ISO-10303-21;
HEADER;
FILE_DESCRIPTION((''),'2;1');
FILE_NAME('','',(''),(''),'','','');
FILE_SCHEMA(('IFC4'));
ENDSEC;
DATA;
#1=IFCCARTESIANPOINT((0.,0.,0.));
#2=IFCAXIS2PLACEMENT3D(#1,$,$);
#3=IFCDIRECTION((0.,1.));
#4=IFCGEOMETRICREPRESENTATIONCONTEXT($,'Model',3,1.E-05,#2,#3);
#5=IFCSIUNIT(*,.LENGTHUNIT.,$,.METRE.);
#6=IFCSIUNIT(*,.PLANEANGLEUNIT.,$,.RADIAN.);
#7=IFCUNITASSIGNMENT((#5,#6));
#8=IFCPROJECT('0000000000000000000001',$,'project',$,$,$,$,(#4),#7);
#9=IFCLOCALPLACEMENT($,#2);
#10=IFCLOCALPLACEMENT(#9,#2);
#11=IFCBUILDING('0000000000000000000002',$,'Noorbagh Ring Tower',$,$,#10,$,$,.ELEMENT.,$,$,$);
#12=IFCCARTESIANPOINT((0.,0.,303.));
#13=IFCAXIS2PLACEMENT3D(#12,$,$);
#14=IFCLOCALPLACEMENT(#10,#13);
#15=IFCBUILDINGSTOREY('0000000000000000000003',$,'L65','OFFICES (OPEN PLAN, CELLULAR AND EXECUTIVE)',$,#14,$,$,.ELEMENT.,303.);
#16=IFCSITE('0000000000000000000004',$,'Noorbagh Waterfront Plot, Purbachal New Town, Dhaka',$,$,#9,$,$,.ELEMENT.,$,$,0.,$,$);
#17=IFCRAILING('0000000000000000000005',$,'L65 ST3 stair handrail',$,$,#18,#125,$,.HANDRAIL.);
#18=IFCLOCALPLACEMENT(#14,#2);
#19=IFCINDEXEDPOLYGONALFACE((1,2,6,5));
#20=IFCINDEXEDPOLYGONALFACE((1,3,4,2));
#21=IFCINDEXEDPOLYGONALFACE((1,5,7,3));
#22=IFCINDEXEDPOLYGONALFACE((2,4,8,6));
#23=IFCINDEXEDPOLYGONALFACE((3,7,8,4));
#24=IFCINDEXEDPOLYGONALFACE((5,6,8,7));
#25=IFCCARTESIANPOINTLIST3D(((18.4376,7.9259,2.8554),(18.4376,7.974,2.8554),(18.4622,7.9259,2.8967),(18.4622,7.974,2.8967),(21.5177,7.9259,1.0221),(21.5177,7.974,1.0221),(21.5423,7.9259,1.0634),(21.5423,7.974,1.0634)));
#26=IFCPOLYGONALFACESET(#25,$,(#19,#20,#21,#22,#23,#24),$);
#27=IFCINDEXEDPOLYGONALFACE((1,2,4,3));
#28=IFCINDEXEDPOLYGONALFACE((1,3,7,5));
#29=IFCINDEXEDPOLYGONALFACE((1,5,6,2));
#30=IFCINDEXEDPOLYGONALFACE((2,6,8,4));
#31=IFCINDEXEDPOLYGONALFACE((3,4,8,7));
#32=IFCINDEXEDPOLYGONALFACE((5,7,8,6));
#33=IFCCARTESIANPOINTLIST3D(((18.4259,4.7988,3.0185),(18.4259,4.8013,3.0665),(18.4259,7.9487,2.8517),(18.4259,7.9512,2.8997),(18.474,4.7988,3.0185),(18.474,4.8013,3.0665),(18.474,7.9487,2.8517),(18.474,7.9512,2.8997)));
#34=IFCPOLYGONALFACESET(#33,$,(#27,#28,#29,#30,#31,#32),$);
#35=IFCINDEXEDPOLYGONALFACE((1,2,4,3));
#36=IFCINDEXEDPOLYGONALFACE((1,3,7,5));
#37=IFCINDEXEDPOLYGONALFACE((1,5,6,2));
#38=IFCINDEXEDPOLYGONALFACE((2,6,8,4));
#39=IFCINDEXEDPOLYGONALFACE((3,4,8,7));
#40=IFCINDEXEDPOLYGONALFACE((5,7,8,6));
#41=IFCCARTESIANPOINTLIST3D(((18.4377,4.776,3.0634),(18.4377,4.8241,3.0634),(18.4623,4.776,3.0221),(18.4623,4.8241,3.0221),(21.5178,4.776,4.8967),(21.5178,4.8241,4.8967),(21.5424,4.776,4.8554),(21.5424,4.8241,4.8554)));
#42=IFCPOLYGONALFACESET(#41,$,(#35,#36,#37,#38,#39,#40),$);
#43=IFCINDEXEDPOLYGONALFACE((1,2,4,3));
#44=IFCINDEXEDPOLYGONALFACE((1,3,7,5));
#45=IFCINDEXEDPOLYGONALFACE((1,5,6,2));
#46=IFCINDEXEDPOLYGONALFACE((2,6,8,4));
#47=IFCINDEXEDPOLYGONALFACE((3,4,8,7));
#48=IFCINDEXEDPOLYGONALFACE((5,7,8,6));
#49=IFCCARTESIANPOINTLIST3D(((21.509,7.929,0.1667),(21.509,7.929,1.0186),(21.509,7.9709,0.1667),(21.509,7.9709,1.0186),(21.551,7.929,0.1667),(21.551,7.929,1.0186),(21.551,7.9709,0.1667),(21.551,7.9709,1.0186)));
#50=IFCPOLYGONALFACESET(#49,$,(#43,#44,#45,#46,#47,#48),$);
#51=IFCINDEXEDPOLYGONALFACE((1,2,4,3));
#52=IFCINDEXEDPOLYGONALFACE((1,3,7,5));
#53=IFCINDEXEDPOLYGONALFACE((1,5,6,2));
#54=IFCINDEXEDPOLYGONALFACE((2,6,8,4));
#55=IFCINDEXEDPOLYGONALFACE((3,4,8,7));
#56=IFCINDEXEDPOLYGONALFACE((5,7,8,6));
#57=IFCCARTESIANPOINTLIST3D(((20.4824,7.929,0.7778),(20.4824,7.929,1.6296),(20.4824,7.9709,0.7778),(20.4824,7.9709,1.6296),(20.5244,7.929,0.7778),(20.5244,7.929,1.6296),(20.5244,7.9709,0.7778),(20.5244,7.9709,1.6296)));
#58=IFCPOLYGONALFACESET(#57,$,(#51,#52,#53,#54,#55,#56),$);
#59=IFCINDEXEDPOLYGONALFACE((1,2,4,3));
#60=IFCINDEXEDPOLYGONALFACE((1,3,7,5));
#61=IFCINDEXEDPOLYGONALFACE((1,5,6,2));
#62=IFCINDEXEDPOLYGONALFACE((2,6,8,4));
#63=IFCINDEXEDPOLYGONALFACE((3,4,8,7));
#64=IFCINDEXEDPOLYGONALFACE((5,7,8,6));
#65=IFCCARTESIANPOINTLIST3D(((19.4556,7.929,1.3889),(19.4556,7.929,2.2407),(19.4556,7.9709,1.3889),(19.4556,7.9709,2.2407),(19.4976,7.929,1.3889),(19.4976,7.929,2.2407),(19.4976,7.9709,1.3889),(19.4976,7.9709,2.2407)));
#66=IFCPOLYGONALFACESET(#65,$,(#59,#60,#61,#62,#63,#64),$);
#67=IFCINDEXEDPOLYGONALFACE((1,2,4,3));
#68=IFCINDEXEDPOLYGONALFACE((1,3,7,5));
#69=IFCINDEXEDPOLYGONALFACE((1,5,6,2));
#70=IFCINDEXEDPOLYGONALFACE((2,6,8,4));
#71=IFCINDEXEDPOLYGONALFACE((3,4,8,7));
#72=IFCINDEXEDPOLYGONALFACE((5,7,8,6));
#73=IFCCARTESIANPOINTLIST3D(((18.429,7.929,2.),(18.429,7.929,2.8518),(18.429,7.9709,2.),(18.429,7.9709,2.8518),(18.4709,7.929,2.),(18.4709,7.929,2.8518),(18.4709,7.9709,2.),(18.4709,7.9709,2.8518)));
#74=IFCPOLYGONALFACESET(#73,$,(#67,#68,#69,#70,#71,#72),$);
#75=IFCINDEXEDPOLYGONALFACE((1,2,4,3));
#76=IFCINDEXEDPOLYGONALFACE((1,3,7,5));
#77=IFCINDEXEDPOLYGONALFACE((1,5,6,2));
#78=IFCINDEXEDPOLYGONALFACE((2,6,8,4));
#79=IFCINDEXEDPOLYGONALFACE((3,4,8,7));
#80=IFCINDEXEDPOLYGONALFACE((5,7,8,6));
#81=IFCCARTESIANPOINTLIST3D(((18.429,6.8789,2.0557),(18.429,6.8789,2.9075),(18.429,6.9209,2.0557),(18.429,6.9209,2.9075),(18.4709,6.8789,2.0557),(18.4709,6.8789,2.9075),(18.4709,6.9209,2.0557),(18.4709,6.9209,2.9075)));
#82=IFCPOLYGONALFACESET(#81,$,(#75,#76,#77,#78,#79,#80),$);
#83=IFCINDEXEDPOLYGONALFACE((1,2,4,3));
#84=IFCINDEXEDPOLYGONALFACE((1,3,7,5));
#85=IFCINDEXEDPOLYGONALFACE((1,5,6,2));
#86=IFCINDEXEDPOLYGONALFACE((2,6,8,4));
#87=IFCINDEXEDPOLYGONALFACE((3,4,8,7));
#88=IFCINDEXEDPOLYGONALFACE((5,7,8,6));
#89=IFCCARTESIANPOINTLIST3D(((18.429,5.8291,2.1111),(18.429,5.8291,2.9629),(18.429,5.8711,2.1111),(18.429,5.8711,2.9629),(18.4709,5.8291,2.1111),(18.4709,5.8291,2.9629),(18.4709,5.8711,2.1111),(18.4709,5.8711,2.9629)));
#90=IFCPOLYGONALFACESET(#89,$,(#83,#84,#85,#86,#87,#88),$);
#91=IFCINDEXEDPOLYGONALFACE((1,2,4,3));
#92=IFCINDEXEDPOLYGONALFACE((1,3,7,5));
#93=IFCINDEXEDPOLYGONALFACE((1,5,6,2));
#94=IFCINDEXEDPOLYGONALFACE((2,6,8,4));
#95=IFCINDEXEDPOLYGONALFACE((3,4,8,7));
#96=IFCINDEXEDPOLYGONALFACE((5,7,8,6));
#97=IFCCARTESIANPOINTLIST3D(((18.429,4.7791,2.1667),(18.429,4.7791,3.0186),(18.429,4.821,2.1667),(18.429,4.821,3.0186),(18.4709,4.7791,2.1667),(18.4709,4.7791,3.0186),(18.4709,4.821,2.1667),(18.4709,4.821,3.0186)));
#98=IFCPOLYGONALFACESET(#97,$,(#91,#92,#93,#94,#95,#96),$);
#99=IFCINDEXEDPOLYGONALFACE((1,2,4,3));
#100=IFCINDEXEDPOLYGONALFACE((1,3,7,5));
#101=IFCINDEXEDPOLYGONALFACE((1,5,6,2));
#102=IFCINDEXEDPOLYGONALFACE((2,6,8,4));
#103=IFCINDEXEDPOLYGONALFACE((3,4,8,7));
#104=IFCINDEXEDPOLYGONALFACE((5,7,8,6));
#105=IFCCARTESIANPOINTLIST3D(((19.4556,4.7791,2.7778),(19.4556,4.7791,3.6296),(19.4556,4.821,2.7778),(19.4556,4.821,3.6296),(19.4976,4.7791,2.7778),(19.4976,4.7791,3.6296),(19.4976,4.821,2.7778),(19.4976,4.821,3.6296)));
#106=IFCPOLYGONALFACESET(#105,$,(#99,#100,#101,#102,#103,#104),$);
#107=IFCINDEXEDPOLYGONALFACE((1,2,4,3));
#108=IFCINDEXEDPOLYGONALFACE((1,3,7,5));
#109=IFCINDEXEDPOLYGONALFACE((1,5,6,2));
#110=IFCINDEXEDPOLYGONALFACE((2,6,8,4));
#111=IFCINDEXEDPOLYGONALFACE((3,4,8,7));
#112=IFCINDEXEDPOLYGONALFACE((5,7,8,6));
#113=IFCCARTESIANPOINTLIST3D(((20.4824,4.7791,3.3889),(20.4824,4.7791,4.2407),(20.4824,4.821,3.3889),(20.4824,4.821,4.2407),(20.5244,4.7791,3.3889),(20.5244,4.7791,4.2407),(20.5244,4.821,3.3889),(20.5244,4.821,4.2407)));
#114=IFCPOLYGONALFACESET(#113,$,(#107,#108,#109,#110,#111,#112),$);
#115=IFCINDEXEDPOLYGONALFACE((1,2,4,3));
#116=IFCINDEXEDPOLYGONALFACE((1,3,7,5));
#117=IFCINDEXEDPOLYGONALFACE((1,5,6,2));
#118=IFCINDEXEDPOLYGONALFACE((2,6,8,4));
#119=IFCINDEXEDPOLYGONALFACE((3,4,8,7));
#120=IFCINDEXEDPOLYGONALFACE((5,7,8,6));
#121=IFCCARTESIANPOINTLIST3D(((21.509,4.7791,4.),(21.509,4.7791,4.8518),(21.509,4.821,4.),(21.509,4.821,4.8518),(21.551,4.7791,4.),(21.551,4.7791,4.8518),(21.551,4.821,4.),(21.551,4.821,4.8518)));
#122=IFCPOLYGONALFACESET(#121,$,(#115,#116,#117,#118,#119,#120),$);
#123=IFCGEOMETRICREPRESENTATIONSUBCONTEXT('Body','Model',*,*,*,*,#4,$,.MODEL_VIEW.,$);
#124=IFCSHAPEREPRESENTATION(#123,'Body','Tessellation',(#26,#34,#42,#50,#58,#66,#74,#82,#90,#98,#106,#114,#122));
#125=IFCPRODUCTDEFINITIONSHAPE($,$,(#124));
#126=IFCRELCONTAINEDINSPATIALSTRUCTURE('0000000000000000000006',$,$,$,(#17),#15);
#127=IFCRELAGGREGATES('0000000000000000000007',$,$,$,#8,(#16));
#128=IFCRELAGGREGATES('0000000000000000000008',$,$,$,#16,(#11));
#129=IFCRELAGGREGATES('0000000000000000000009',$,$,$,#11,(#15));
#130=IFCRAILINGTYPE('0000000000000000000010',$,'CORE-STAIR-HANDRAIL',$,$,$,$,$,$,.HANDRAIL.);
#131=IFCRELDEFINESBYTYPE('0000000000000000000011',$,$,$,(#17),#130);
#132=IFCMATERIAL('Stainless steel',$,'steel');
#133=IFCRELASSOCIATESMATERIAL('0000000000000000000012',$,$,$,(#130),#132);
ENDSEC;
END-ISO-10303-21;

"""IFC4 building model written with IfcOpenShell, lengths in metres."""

from ifc_helpers import new_model, si_unit, direction, frame, origin, origin_2d, place, context, subcontext, project, spatial, rectangle, extrude, material, type_object, element, save


model = new_model("IFC4")

# Units and contexts
model_context = context("Model", 3, precision=1e-05, world=origin(), true_north=direction((0.0, 1.0)))
body_context = subcontext(model_context, "Body", "Model", "MODEL_VIEW")
ifc_project = project(units=[si_unit("LENGTHUNIT", "METRE"), si_unit("PLANEANGLEUNIT", "RADIAN")], contexts=[model_context])

# Site, building, storey
site_placement = place(None, origin())
site = spatial("IfcSite", under=ifc_project, at=site_placement, Name="Noorbagh Waterfront Plot, Purbachal New Town, Dhaka", CompositionType="ELEMENT", RefElevation=0.0)
building_placement = place(site_placement, origin())
building = spatial("IfcBuilding", under=site, at=building_placement, Name="Noorbagh Ring Tower", CompositionType="ELEMENT")
storey_placement = place(building_placement, frame((0.0, 0.0, 303.0)))
storey = spatial("IfcBuildingStorey", under=building, at=storey_placement, Name="L65", Description="OFFICES (OPEN PLAN, CELLULAR AND EXECUTIVE)", CompositionType="ELEMENT", Elevation=303.0)

# Railing
ifc_material_1 = material(Name="Stainless steel", Category="steel")
railing_type_1 = type_object("IfcRailingType", Name="CORE-STAIR-HANDRAIL", PredefinedType="HANDRAIL", material=ifc_material_1)
railing_1_placement = place(storey_placement, frame((21.53, 7.95, 0.1667)))
element("IfcRailing", 1, at=railing_1_placement, inside=storey, type_object=railing_type_1, Name="L65 ST3 stair handrail", PredefinedType="HANDRAIL", context=body_context, shape_type="SweptSolid", body=[
    extrude(rectangle(XDim=0.0481, YDim=0.0481, at=origin_2d()), frame((0.0, 0.0, 0.876), z_axis=(-0.859309, 0.0, 0.511458), x_axis=(0.0, -1.0, 0.0)), (0.0, 0.0, 1.0), 3.5845),
    extrude(rectangle(XDim=0.0481, YDim=0.0481, at=origin_2d()), frame((-3.0801, 0.0, 2.709), z_axis=(0.0, -0.998602, 0.052864), x_axis=(1.0, 0.0, 0.0)), (0.0, 0.0, 1.0), 3.1543),
    extrude(rectangle(XDim=0.0481, YDim=0.0481, at=origin_2d()), frame((-3.0801, -3.1499, 2.876), z_axis=(0.859309, 0.0, 0.511458), x_axis=(0.0, 1.0, 0.0)), (0.0, 0.0, 1.0), 3.5845),
    extrude(rectangle(XDim=0.042, YDim=0.042, at=origin_2d()), origin(), (0.0, 0.0, 1.0), 0.8518),
    extrude(rectangle(XDim=0.042, YDim=0.042, at=origin_2d()), frame((-1.0266, 0.0, 0.6111)), (0.0, 0.0, 1.0), 0.8518),
    extrude(rectangle(XDim=0.042, YDim=0.042, at=origin_2d()), frame((-2.0535, 0.0, 1.2222)), (0.0, 0.0, 1.0), 0.8518),
    extrude(rectangle(XDim=0.042, YDim=0.042, at=origin_2d()), frame((-3.0801, 0.0, 1.8333)), (0.0, 0.0, 1.0), 0.8518),
    extrude(rectangle(XDim=0.042, YDim=0.042, at=origin_2d()), frame((-3.0801, -1.05, 1.8889)), (0.0, 0.0, 1.0), 0.8518),
    extrude(rectangle(XDim=0.042, YDim=0.042, at=origin_2d()), frame((-3.0801, -2.0999, 1.9443)), (0.0, 0.0, 1.0), 0.8518),
    extrude(rectangle(XDim=0.042, YDim=0.042, at=origin_2d()), frame((-3.0801, -3.1499, 2.0)), (0.0, 0.0, 1.0), 0.8518),
    extrude(rectangle(XDim=0.042, YDim=0.042, at=origin_2d()), frame((-2.0535, -3.1499, 2.6111)), (0.0, 0.0, 1.0), 0.8518),
    extrude(rectangle(XDim=0.042, YDim=0.042, at=origin_2d()), frame((-1.0266, -3.1499, 3.2222)), (0.0, 0.0, 1.0), 0.8518),
    extrude(rectangle(XDim=0.042, YDim=0.042, at=origin_2d()), frame((0.0, -3.1499, 3.8333)), (0.0, 0.0, 1.0), 0.8518),
])

save(model, "model.ifc")
